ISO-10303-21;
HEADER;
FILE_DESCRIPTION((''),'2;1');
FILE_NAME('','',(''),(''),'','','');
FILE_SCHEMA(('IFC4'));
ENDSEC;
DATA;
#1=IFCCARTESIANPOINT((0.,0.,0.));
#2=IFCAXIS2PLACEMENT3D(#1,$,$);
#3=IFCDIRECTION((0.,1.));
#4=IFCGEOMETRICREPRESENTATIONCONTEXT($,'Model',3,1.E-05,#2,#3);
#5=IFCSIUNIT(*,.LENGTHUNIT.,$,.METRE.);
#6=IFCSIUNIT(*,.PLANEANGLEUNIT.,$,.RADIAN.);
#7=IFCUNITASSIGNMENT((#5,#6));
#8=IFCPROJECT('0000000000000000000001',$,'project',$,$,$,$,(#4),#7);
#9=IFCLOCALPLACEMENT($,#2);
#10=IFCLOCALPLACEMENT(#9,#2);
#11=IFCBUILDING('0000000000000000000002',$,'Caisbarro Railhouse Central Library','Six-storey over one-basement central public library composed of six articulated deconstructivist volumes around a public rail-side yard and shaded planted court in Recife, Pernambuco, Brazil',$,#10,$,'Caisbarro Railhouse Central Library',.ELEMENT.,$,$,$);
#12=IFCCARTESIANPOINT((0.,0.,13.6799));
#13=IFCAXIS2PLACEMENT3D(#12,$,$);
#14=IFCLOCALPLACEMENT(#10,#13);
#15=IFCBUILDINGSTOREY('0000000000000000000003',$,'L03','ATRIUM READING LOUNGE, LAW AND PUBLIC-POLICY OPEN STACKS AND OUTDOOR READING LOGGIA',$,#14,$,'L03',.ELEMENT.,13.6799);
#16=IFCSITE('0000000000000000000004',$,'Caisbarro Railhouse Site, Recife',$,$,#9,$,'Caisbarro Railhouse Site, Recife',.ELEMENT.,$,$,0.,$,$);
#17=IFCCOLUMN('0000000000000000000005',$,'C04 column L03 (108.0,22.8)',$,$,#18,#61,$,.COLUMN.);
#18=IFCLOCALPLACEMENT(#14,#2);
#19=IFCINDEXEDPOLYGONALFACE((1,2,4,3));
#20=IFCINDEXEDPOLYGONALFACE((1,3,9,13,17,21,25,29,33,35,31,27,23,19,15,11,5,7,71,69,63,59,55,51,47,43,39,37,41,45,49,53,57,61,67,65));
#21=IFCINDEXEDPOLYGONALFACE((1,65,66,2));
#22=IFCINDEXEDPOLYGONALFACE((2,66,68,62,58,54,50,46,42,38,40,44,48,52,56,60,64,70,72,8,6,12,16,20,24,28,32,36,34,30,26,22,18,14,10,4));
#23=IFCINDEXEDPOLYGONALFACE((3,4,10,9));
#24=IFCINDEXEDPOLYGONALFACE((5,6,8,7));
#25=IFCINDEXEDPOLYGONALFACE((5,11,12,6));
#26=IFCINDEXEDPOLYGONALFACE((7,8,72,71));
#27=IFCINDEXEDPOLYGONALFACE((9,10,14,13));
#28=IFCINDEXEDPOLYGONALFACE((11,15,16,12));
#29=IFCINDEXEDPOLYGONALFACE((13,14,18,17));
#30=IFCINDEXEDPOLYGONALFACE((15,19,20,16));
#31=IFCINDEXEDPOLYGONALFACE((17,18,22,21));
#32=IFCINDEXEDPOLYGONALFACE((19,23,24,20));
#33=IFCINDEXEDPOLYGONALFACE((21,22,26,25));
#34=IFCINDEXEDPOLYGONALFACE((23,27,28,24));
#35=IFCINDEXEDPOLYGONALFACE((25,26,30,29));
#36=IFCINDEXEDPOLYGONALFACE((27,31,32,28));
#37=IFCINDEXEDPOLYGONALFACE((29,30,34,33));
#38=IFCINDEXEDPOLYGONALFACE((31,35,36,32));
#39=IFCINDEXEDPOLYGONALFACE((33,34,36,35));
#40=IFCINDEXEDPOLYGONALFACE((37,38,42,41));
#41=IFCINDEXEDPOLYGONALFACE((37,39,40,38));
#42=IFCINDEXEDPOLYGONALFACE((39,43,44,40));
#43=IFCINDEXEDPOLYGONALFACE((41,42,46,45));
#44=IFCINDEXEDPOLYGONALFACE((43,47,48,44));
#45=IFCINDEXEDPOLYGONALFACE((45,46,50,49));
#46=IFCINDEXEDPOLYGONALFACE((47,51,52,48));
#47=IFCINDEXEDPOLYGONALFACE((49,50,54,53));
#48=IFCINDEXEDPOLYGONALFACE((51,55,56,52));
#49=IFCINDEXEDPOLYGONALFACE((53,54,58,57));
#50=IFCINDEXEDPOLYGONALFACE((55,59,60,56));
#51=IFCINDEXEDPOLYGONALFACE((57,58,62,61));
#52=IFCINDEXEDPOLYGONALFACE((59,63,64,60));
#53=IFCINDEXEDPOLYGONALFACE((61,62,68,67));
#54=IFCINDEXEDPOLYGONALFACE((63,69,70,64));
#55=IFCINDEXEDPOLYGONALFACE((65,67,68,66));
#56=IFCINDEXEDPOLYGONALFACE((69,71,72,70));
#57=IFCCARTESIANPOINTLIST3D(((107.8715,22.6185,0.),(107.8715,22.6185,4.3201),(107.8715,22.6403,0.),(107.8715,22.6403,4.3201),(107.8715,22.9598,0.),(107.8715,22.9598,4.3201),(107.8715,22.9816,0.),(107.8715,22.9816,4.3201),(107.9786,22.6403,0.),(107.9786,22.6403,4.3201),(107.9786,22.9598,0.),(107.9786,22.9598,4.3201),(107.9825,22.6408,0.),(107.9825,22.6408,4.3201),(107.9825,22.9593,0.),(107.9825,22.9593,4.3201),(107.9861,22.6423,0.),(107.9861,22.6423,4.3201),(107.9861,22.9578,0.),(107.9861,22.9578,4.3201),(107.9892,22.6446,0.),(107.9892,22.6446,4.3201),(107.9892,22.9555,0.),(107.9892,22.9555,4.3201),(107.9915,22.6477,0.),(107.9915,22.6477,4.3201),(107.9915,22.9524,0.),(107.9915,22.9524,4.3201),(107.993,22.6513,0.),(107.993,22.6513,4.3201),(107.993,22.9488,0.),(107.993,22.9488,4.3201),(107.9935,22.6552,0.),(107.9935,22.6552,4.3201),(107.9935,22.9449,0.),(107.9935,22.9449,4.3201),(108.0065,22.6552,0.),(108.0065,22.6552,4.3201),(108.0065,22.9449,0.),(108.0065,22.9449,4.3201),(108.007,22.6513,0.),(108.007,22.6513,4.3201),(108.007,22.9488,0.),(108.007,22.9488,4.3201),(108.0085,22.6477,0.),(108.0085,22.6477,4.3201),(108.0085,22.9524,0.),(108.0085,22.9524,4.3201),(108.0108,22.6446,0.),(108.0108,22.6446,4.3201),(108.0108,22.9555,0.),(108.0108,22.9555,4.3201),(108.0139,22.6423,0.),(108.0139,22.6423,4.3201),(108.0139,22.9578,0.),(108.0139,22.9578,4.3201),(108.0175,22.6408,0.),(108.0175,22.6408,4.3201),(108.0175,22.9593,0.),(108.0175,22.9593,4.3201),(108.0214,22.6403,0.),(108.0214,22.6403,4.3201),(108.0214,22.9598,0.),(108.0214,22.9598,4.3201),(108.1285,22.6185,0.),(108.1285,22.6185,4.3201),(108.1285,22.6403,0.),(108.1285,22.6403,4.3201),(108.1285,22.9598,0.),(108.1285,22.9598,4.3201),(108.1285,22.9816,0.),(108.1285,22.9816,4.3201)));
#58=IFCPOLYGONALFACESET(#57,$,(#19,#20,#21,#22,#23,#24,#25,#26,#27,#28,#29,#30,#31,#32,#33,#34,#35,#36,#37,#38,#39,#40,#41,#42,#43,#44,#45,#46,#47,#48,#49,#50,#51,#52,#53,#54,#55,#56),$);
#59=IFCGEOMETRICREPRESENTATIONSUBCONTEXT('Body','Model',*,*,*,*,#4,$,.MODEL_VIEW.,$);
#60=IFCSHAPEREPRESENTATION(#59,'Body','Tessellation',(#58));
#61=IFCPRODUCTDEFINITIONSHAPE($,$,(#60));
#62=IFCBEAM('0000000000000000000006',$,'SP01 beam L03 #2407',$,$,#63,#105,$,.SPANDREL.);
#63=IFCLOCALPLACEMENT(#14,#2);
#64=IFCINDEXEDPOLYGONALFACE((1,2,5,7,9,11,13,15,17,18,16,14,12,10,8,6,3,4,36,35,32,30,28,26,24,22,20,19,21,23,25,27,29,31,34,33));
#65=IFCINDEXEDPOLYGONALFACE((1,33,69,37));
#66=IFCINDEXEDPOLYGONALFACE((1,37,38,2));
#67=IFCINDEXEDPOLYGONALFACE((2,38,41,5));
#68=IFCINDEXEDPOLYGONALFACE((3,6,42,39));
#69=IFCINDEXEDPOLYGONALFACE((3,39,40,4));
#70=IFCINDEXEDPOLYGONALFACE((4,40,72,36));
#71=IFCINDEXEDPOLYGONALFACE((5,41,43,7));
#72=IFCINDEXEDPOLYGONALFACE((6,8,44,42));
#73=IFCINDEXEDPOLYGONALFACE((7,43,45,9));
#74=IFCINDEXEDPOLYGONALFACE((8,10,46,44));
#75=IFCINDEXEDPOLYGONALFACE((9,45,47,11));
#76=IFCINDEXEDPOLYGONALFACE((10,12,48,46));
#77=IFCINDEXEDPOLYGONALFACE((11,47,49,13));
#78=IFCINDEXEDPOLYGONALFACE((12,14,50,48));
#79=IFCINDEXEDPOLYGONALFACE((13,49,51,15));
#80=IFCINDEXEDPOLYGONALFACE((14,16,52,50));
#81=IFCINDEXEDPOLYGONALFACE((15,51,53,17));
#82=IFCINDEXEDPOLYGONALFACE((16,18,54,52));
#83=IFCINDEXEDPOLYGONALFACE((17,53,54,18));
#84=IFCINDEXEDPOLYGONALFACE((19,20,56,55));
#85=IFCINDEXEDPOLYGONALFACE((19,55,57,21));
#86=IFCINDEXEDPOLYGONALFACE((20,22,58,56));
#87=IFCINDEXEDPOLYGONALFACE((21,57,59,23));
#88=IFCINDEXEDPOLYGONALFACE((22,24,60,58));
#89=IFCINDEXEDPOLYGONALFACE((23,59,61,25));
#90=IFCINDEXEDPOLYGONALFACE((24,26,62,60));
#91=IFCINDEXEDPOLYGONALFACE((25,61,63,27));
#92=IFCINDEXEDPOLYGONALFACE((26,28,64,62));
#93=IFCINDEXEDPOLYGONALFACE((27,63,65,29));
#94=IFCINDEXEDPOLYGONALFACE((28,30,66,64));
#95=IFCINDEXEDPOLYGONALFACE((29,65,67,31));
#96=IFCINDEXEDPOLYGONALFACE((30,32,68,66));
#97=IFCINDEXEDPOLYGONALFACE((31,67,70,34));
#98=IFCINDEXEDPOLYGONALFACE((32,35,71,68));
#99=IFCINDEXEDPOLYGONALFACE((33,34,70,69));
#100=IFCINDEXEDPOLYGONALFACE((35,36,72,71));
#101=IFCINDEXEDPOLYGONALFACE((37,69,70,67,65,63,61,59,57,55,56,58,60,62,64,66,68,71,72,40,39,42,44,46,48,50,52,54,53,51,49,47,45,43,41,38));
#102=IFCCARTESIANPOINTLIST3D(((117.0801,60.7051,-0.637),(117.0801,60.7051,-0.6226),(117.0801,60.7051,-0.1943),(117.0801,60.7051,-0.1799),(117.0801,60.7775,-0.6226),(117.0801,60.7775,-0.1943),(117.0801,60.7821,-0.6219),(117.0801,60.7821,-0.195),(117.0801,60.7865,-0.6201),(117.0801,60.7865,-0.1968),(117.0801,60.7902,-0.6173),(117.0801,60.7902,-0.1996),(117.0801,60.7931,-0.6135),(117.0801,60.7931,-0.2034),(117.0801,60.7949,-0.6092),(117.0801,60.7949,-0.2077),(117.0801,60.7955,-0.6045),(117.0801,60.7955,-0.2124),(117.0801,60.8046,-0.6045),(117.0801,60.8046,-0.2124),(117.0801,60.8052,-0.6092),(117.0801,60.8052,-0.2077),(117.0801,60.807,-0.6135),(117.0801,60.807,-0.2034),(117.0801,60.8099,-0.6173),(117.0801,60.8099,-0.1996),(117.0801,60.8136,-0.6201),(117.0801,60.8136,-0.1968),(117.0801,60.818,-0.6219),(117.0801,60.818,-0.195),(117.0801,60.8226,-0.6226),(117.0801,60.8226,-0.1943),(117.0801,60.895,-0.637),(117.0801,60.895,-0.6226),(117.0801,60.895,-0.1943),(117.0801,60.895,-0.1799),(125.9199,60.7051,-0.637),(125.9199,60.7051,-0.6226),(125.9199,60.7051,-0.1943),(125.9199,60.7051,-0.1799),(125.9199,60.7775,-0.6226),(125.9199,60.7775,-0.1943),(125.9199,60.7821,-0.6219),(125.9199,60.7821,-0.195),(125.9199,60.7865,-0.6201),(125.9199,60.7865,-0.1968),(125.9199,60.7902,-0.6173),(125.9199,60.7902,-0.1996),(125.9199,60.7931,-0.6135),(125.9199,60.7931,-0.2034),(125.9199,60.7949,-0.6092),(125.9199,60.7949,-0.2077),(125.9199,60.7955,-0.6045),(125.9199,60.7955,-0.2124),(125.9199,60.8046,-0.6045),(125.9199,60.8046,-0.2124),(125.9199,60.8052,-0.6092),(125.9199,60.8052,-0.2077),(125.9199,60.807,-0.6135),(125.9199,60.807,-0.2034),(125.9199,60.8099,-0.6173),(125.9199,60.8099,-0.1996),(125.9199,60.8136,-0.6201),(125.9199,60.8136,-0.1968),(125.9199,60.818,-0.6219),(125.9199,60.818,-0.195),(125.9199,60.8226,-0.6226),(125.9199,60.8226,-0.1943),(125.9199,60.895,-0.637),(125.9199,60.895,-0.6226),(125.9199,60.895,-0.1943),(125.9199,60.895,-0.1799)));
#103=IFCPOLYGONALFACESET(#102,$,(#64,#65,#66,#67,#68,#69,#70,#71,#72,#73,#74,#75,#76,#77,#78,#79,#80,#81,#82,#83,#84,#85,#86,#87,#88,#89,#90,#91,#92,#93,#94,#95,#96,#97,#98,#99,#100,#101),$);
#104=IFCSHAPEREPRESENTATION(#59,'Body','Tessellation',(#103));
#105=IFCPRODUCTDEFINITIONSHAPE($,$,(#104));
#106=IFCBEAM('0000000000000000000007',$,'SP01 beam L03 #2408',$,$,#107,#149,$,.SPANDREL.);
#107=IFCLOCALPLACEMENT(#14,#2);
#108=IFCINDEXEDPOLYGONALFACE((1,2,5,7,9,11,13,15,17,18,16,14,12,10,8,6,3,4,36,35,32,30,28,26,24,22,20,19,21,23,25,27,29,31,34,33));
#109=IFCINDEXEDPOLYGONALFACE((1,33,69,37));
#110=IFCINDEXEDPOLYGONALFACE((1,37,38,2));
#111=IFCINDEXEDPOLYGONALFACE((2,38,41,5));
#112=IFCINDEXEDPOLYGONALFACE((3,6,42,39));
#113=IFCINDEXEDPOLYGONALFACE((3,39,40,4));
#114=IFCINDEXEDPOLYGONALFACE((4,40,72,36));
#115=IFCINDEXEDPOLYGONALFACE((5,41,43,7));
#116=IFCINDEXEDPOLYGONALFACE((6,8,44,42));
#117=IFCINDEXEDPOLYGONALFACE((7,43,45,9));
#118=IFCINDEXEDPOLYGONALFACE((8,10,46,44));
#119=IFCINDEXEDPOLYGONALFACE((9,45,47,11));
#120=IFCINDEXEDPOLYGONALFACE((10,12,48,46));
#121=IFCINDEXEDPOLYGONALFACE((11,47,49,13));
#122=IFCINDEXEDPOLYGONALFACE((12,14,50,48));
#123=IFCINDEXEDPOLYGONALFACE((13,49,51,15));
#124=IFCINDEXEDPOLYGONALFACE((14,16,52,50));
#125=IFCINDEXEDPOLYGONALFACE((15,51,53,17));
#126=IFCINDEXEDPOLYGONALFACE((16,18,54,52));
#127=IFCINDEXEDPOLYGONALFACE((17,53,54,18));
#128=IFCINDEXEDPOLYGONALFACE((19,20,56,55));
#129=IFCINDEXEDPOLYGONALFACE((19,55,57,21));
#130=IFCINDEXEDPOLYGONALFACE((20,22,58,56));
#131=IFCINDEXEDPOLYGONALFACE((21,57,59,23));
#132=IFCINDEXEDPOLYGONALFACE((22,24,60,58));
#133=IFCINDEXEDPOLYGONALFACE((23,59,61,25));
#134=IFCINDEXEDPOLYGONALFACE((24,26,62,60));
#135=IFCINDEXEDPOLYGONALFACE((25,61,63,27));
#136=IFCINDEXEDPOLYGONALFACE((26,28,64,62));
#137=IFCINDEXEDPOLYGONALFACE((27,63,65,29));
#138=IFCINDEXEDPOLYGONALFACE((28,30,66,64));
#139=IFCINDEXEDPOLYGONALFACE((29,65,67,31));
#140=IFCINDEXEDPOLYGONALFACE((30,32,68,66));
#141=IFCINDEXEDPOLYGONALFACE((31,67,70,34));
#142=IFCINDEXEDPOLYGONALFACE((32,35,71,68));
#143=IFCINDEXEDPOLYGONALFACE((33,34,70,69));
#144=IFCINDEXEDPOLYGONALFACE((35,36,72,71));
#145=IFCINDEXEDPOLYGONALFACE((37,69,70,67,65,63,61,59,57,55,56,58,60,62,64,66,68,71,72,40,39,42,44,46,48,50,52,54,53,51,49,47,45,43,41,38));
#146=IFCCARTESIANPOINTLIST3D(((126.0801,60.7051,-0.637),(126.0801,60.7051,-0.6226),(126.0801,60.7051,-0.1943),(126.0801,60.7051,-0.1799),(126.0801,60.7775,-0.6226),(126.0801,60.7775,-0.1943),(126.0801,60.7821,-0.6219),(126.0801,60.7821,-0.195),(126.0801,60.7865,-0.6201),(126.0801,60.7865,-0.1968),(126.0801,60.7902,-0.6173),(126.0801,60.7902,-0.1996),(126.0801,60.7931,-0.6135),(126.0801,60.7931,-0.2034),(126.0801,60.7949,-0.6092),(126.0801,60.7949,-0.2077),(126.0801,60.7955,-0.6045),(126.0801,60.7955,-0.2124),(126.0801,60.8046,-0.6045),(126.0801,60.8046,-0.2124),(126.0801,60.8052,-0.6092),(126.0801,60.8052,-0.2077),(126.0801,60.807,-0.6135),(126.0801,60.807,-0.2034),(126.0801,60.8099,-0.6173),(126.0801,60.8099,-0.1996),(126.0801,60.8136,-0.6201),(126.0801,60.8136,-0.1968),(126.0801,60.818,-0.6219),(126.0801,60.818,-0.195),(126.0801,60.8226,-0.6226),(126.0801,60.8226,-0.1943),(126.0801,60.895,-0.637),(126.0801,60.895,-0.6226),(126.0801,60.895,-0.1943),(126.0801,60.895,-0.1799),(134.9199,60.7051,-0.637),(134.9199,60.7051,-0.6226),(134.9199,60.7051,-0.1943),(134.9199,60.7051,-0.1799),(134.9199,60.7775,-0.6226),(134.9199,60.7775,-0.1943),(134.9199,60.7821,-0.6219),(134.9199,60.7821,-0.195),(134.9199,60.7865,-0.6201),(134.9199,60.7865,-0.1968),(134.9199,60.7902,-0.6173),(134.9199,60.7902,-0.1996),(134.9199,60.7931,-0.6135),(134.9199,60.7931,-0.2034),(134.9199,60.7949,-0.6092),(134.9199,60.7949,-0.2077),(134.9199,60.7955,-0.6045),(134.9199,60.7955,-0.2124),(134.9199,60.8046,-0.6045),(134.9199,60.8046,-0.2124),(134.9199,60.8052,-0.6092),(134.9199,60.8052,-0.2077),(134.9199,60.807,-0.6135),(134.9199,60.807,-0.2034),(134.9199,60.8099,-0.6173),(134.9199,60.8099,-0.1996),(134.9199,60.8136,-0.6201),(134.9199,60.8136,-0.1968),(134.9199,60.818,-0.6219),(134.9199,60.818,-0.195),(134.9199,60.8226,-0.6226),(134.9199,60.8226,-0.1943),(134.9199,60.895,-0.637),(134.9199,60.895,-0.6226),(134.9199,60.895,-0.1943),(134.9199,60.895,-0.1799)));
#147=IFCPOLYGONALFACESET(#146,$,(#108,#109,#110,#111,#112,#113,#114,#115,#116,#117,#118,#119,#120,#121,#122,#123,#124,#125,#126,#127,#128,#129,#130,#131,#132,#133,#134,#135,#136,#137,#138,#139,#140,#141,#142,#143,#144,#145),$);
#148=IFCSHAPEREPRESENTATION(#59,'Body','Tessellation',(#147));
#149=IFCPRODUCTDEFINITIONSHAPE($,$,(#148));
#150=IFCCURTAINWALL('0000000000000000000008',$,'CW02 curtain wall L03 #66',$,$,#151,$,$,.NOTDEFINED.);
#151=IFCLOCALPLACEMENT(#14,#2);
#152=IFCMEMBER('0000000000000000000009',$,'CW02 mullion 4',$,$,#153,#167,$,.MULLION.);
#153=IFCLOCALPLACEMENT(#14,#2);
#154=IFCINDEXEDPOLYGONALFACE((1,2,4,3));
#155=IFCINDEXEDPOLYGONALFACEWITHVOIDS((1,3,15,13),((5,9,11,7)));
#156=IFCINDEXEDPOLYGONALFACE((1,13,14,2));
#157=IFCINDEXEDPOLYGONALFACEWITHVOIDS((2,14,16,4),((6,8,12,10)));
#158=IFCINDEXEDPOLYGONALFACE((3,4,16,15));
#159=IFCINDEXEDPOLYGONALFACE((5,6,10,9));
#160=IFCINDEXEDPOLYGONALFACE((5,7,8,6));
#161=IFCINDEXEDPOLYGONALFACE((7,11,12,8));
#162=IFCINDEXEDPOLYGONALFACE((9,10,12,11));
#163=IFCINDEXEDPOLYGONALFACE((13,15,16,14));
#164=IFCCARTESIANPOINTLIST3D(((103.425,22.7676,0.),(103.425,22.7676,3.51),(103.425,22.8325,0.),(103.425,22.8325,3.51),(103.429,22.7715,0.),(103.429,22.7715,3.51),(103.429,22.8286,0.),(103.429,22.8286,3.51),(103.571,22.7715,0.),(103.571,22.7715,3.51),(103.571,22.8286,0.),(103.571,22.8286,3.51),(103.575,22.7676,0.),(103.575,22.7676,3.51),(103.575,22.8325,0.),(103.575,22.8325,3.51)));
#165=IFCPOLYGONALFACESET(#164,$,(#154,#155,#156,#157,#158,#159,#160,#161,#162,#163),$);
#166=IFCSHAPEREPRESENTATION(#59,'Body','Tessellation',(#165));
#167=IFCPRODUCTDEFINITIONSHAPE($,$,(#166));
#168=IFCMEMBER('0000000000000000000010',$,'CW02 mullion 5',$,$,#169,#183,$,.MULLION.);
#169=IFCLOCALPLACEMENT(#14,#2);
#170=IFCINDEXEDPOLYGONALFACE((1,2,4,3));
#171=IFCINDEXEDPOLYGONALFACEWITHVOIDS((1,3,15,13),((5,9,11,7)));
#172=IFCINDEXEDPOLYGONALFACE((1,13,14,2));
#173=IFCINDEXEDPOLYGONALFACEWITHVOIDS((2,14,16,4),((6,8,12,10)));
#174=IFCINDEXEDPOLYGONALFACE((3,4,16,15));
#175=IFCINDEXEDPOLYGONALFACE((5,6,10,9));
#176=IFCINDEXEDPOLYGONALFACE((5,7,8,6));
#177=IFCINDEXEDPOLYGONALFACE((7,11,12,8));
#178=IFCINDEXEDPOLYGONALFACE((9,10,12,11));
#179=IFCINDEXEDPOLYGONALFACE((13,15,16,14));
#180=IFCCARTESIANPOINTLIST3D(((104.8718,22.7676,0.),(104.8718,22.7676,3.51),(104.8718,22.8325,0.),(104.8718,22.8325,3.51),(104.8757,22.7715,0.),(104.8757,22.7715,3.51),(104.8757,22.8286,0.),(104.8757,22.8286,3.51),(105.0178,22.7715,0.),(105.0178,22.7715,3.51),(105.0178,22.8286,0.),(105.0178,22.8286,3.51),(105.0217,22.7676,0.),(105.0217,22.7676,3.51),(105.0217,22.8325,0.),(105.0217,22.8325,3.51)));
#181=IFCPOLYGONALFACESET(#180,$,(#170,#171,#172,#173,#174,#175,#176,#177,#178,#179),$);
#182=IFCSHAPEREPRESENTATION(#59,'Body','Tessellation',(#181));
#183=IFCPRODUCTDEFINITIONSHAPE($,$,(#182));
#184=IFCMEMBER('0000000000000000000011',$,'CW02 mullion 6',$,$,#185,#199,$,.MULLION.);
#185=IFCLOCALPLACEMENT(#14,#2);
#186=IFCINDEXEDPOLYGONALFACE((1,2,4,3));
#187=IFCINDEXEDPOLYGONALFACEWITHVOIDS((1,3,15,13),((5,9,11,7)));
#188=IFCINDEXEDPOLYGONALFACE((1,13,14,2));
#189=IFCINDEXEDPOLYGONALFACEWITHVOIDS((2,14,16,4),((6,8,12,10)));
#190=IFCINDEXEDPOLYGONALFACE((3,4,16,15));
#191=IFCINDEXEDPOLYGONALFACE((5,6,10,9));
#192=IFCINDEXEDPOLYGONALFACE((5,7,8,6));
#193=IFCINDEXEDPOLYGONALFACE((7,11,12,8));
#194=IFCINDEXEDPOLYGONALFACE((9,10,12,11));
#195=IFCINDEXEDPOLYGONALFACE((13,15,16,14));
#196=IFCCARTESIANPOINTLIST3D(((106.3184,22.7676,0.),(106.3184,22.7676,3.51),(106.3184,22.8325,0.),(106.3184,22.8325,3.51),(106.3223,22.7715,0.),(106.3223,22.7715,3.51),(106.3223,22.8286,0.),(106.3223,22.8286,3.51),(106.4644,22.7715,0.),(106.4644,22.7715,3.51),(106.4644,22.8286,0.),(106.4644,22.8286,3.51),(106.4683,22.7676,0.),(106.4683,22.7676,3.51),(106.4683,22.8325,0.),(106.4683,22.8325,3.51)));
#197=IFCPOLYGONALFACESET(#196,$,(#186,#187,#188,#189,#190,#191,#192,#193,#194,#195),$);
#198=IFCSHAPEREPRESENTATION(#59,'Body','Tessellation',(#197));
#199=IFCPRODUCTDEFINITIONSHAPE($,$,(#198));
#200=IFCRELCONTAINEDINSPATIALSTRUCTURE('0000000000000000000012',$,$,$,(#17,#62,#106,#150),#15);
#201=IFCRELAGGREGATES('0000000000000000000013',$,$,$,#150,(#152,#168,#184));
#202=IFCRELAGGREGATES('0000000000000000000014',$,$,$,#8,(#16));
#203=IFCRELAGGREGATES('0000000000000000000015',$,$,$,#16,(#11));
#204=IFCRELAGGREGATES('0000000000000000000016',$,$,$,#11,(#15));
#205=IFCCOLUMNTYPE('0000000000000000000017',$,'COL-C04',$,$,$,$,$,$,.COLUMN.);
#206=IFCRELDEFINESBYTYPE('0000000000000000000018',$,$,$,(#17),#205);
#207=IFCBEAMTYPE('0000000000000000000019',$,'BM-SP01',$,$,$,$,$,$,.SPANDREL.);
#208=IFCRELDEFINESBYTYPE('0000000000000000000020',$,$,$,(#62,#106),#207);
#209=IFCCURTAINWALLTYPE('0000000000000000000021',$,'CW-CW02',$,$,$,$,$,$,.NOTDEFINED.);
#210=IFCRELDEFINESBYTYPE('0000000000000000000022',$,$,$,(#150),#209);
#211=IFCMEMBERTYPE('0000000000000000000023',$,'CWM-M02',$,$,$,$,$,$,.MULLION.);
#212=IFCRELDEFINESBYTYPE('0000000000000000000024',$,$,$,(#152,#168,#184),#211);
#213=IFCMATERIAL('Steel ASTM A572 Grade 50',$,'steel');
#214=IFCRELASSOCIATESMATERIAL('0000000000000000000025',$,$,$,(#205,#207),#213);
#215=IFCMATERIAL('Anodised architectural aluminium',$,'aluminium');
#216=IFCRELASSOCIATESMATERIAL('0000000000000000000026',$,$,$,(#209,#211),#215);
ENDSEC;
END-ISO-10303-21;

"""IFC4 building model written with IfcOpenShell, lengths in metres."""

from ifc_helpers import new_model, si_unit, direction, frame, origin, origin_2d, place, context, subcontext, project, spatial, hollow_rectangle, i_section, extrude, material, material_profile, profile_set, type_object, element, aggregate, save


model = new_model("IFC4")

# Units and contexts
model_context = context("Model", 3, precision=1e-05, world=origin(), true_north=direction((0.0, 1.0)))
body_context = subcontext(model_context, "Body", "Model", "MODEL_VIEW")
ifc_project = project(units=[si_unit("LENGTHUNIT", "METRE"), si_unit("PLANEANGLEUNIT", "RADIAN")], contexts=[model_context])

# Site, building, storey
site_placement = place(None, origin())
site = spatial("IfcSite", under=ifc_project, at=site_placement, Name="Caisbarro Railhouse Site, Recife", LongName="Caisbarro Railhouse Site, Recife", CompositionType="ELEMENT", RefElevation=0.0)
building_placement = place(site_placement, origin())
building = spatial("IfcBuilding", under=site, at=building_placement, Name="Caisbarro Railhouse Central Library", Description="Six-storey over one-basement central public library composed of six articulated deconstructivist volumes around a public rail-side yard and shaded planted court in Recife, Pernambuco, Brazil", LongName="Caisbarro Railhouse Central Library", CompositionType="ELEMENT")
storey_placement = place(building_placement, frame((0.0, 0.0, 13.6799)))
storey = spatial("IfcBuildingStorey", under=building, at=storey_placement, Name="L03", Description="ATRIUM READING LOUNGE, LAW AND PUBLIC-POLICY OPEN STACKS AND OUTDOOR READING LOGGIA", LongName="L03", CompositionType="ELEMENT", Elevation=13.6799)

# Column
ifc_material_1 = material(Name="Steel ASTM A572 Grade 50", Category="steel")
ifc_material_profile_1 = material_profile(ifc_material_1, i_section(OverallWidth=0.2571, OverallDepth=0.363, WebThickness=0.0129, FlangeThickness=0.0217, FilletRadius=0.0149, at=origin_2d()), Name="W360X122.0")
ifc_profile_set_1 = profile_set([ifc_material_profile_1], Name="Steel ASTM A572 Grade 50")
column_type = type_object("IfcColumnType", Name="COL-C04", PredefinedType="COLUMN", material=ifc_profile_set_1)
column_placement = place(storey_placement, frame((108.0, 22.8, 0.0), z_axis=(0.0, 0.0, 1.0), x_axis=(1.0, 0.0, 0.0)))
element("IfcColumn", 1, at=column_placement, inside=storey, type_object=column_type, Name="C04 column L03 (108.0,22.8)", PredefinedType="COLUMN", context=body_context, shape_type="SweptSolid", body=[
    extrude(i_section(OverallWidth=0.2571, OverallDepth=0.363, WebThickness=0.0129, FlangeThickness=0.0217, FilletRadius=0.0149, at=origin_2d()), origin(), (0.0, 0.0, 1.0), 4.3201),
])

# Beams
ifc_material_profile_2 = material_profile(ifc_material_1, i_section(OverallWidth=0.1899, OverallDepth=0.457, WebThickness=0.009, FlangeThickness=0.0144, FilletRadius=0.0181, at=origin_2d()), Name="W460X74.0")
ifc_profile_set_2 = profile_set([ifc_material_profile_2], Name="Steel ASTM A572 Grade 50")
beam_type = type_object("IfcBeamType", Name="BM-SP01", PredefinedType="SPANDREL", material=ifc_profile_set_2)
for number, where, z_axis, x_axis, name in (
    (2, (117.0801, 60.8, -0.4084), (1.0, 0.0, 0.0), (0.0, 1.0, 0.0), "SP01 beam L03 #2407"),
    (3, (126.0801, 60.8, -0.4084), (1.0, 0.0, 0.0), (0.0, 1.0, 0.0), "SP01 beam L03 #2408"),
):
    element("IfcBeam", number, at=place(storey_placement, frame(where, z_axis=z_axis, x_axis=x_axis)), inside=storey, type_object=beam_type, Name=name, PredefinedType="SPANDREL", context=body_context, shape_type="SweptSolid", body=[
        extrude(i_section(OverallWidth=0.1899, OverallDepth=0.457, WebThickness=0.009, FlangeThickness=0.0144, FilletRadius=0.0181, at=origin_2d()), origin(), (0.0, 0.0, 1.0), 8.8398),
    ])

# Curtain wall, members
ifc_material_2 = material(Name="Anodised architectural aluminium", Category="aluminium")
curtain_wall_type = type_object("IfcCurtainWallType", Name="CW-CW02", PredefinedType="NOTDEFINED", material=ifc_material_2)
curtain_wall_placement = place(storey_placement, origin())
curtain_wall = element("IfcCurtainWall", 4, at=curtain_wall_placement, inside=storey, type_object=curtain_wall_type, Name="CW02 curtain wall L03 #66", PredefinedType="NOTDEFINED")
ifc_material_profile_3 = material_profile(ifc_material_2, hollow_rectangle(XDim=0.0649, YDim=0.1499, WallThickness=0.0039, at=origin_2d()), Name="ALU-MUL-65X150")
ifc_profile_set_3 = profile_set([ifc_material_profile_3], Name="Anodised architectural aluminium")
member_type_1 = type_object("IfcMemberType", Name="CWM-M02", PredefinedType="MULLION", material=ifc_profile_set_3)
member_1_placement = place(storey_placement, frame((103.5, 22.8, 0.0), z_axis=(0.0, 0.0, 1.0), x_axis=(0.0, 1.0, 0.0)))
member_1 = element("IfcMember", 5, at=member_1_placement, type_object=member_type_1, Name="CW02 mullion 4", PredefinedType="MULLION", context=body_context, shape_type="SweptSolid", body=[
    extrude(hollow_rectangle(XDim=0.0649, YDim=0.1499, WallThickness=0.0039, at=origin_2d()), origin(), (0.0, 0.0, 1.0), 3.51),
])
member_2_placement = place(storey_placement, frame((104.9468, 22.8, 0.0), z_axis=(0.0, 0.0, 1.0), x_axis=(0.0, 1.0, 0.0)))
member_2 = element("IfcMember", 6, at=member_2_placement, type_object=member_type_1, Name="CW02 mullion 5", PredefinedType="MULLION", context=body_context, shape_type="SweptSolid", body=[
    extrude(hollow_rectangle(XDim=0.0649, YDim=0.1499, WallThickness=0.0039, at=origin_2d()), origin(), (0.0, 0.0, 1.0), 3.51),
])
member_3_placement = place(storey_placement, frame((106.3933, 22.8, 0.0), z_axis=(0.0, 0.0, 1.0), x_axis=(0.0, 1.0, 0.0)))
member_3 = element("IfcMember", 7, at=member_3_placement, type_object=member_type_1, Name="CW02 mullion 6", PredefinedType="MULLION", context=body_context, shape_type="SweptSolid", body=[
    extrude(hollow_rectangle(XDim=0.0649, YDim=0.1499, WallThickness=0.0039, at=origin_2d()), origin(), (0.0, 0.0, 1.0), 3.51),
])
aggregate(curtain_wall, [member_1, member_2, member_3])

save(model, "model.ifc")
